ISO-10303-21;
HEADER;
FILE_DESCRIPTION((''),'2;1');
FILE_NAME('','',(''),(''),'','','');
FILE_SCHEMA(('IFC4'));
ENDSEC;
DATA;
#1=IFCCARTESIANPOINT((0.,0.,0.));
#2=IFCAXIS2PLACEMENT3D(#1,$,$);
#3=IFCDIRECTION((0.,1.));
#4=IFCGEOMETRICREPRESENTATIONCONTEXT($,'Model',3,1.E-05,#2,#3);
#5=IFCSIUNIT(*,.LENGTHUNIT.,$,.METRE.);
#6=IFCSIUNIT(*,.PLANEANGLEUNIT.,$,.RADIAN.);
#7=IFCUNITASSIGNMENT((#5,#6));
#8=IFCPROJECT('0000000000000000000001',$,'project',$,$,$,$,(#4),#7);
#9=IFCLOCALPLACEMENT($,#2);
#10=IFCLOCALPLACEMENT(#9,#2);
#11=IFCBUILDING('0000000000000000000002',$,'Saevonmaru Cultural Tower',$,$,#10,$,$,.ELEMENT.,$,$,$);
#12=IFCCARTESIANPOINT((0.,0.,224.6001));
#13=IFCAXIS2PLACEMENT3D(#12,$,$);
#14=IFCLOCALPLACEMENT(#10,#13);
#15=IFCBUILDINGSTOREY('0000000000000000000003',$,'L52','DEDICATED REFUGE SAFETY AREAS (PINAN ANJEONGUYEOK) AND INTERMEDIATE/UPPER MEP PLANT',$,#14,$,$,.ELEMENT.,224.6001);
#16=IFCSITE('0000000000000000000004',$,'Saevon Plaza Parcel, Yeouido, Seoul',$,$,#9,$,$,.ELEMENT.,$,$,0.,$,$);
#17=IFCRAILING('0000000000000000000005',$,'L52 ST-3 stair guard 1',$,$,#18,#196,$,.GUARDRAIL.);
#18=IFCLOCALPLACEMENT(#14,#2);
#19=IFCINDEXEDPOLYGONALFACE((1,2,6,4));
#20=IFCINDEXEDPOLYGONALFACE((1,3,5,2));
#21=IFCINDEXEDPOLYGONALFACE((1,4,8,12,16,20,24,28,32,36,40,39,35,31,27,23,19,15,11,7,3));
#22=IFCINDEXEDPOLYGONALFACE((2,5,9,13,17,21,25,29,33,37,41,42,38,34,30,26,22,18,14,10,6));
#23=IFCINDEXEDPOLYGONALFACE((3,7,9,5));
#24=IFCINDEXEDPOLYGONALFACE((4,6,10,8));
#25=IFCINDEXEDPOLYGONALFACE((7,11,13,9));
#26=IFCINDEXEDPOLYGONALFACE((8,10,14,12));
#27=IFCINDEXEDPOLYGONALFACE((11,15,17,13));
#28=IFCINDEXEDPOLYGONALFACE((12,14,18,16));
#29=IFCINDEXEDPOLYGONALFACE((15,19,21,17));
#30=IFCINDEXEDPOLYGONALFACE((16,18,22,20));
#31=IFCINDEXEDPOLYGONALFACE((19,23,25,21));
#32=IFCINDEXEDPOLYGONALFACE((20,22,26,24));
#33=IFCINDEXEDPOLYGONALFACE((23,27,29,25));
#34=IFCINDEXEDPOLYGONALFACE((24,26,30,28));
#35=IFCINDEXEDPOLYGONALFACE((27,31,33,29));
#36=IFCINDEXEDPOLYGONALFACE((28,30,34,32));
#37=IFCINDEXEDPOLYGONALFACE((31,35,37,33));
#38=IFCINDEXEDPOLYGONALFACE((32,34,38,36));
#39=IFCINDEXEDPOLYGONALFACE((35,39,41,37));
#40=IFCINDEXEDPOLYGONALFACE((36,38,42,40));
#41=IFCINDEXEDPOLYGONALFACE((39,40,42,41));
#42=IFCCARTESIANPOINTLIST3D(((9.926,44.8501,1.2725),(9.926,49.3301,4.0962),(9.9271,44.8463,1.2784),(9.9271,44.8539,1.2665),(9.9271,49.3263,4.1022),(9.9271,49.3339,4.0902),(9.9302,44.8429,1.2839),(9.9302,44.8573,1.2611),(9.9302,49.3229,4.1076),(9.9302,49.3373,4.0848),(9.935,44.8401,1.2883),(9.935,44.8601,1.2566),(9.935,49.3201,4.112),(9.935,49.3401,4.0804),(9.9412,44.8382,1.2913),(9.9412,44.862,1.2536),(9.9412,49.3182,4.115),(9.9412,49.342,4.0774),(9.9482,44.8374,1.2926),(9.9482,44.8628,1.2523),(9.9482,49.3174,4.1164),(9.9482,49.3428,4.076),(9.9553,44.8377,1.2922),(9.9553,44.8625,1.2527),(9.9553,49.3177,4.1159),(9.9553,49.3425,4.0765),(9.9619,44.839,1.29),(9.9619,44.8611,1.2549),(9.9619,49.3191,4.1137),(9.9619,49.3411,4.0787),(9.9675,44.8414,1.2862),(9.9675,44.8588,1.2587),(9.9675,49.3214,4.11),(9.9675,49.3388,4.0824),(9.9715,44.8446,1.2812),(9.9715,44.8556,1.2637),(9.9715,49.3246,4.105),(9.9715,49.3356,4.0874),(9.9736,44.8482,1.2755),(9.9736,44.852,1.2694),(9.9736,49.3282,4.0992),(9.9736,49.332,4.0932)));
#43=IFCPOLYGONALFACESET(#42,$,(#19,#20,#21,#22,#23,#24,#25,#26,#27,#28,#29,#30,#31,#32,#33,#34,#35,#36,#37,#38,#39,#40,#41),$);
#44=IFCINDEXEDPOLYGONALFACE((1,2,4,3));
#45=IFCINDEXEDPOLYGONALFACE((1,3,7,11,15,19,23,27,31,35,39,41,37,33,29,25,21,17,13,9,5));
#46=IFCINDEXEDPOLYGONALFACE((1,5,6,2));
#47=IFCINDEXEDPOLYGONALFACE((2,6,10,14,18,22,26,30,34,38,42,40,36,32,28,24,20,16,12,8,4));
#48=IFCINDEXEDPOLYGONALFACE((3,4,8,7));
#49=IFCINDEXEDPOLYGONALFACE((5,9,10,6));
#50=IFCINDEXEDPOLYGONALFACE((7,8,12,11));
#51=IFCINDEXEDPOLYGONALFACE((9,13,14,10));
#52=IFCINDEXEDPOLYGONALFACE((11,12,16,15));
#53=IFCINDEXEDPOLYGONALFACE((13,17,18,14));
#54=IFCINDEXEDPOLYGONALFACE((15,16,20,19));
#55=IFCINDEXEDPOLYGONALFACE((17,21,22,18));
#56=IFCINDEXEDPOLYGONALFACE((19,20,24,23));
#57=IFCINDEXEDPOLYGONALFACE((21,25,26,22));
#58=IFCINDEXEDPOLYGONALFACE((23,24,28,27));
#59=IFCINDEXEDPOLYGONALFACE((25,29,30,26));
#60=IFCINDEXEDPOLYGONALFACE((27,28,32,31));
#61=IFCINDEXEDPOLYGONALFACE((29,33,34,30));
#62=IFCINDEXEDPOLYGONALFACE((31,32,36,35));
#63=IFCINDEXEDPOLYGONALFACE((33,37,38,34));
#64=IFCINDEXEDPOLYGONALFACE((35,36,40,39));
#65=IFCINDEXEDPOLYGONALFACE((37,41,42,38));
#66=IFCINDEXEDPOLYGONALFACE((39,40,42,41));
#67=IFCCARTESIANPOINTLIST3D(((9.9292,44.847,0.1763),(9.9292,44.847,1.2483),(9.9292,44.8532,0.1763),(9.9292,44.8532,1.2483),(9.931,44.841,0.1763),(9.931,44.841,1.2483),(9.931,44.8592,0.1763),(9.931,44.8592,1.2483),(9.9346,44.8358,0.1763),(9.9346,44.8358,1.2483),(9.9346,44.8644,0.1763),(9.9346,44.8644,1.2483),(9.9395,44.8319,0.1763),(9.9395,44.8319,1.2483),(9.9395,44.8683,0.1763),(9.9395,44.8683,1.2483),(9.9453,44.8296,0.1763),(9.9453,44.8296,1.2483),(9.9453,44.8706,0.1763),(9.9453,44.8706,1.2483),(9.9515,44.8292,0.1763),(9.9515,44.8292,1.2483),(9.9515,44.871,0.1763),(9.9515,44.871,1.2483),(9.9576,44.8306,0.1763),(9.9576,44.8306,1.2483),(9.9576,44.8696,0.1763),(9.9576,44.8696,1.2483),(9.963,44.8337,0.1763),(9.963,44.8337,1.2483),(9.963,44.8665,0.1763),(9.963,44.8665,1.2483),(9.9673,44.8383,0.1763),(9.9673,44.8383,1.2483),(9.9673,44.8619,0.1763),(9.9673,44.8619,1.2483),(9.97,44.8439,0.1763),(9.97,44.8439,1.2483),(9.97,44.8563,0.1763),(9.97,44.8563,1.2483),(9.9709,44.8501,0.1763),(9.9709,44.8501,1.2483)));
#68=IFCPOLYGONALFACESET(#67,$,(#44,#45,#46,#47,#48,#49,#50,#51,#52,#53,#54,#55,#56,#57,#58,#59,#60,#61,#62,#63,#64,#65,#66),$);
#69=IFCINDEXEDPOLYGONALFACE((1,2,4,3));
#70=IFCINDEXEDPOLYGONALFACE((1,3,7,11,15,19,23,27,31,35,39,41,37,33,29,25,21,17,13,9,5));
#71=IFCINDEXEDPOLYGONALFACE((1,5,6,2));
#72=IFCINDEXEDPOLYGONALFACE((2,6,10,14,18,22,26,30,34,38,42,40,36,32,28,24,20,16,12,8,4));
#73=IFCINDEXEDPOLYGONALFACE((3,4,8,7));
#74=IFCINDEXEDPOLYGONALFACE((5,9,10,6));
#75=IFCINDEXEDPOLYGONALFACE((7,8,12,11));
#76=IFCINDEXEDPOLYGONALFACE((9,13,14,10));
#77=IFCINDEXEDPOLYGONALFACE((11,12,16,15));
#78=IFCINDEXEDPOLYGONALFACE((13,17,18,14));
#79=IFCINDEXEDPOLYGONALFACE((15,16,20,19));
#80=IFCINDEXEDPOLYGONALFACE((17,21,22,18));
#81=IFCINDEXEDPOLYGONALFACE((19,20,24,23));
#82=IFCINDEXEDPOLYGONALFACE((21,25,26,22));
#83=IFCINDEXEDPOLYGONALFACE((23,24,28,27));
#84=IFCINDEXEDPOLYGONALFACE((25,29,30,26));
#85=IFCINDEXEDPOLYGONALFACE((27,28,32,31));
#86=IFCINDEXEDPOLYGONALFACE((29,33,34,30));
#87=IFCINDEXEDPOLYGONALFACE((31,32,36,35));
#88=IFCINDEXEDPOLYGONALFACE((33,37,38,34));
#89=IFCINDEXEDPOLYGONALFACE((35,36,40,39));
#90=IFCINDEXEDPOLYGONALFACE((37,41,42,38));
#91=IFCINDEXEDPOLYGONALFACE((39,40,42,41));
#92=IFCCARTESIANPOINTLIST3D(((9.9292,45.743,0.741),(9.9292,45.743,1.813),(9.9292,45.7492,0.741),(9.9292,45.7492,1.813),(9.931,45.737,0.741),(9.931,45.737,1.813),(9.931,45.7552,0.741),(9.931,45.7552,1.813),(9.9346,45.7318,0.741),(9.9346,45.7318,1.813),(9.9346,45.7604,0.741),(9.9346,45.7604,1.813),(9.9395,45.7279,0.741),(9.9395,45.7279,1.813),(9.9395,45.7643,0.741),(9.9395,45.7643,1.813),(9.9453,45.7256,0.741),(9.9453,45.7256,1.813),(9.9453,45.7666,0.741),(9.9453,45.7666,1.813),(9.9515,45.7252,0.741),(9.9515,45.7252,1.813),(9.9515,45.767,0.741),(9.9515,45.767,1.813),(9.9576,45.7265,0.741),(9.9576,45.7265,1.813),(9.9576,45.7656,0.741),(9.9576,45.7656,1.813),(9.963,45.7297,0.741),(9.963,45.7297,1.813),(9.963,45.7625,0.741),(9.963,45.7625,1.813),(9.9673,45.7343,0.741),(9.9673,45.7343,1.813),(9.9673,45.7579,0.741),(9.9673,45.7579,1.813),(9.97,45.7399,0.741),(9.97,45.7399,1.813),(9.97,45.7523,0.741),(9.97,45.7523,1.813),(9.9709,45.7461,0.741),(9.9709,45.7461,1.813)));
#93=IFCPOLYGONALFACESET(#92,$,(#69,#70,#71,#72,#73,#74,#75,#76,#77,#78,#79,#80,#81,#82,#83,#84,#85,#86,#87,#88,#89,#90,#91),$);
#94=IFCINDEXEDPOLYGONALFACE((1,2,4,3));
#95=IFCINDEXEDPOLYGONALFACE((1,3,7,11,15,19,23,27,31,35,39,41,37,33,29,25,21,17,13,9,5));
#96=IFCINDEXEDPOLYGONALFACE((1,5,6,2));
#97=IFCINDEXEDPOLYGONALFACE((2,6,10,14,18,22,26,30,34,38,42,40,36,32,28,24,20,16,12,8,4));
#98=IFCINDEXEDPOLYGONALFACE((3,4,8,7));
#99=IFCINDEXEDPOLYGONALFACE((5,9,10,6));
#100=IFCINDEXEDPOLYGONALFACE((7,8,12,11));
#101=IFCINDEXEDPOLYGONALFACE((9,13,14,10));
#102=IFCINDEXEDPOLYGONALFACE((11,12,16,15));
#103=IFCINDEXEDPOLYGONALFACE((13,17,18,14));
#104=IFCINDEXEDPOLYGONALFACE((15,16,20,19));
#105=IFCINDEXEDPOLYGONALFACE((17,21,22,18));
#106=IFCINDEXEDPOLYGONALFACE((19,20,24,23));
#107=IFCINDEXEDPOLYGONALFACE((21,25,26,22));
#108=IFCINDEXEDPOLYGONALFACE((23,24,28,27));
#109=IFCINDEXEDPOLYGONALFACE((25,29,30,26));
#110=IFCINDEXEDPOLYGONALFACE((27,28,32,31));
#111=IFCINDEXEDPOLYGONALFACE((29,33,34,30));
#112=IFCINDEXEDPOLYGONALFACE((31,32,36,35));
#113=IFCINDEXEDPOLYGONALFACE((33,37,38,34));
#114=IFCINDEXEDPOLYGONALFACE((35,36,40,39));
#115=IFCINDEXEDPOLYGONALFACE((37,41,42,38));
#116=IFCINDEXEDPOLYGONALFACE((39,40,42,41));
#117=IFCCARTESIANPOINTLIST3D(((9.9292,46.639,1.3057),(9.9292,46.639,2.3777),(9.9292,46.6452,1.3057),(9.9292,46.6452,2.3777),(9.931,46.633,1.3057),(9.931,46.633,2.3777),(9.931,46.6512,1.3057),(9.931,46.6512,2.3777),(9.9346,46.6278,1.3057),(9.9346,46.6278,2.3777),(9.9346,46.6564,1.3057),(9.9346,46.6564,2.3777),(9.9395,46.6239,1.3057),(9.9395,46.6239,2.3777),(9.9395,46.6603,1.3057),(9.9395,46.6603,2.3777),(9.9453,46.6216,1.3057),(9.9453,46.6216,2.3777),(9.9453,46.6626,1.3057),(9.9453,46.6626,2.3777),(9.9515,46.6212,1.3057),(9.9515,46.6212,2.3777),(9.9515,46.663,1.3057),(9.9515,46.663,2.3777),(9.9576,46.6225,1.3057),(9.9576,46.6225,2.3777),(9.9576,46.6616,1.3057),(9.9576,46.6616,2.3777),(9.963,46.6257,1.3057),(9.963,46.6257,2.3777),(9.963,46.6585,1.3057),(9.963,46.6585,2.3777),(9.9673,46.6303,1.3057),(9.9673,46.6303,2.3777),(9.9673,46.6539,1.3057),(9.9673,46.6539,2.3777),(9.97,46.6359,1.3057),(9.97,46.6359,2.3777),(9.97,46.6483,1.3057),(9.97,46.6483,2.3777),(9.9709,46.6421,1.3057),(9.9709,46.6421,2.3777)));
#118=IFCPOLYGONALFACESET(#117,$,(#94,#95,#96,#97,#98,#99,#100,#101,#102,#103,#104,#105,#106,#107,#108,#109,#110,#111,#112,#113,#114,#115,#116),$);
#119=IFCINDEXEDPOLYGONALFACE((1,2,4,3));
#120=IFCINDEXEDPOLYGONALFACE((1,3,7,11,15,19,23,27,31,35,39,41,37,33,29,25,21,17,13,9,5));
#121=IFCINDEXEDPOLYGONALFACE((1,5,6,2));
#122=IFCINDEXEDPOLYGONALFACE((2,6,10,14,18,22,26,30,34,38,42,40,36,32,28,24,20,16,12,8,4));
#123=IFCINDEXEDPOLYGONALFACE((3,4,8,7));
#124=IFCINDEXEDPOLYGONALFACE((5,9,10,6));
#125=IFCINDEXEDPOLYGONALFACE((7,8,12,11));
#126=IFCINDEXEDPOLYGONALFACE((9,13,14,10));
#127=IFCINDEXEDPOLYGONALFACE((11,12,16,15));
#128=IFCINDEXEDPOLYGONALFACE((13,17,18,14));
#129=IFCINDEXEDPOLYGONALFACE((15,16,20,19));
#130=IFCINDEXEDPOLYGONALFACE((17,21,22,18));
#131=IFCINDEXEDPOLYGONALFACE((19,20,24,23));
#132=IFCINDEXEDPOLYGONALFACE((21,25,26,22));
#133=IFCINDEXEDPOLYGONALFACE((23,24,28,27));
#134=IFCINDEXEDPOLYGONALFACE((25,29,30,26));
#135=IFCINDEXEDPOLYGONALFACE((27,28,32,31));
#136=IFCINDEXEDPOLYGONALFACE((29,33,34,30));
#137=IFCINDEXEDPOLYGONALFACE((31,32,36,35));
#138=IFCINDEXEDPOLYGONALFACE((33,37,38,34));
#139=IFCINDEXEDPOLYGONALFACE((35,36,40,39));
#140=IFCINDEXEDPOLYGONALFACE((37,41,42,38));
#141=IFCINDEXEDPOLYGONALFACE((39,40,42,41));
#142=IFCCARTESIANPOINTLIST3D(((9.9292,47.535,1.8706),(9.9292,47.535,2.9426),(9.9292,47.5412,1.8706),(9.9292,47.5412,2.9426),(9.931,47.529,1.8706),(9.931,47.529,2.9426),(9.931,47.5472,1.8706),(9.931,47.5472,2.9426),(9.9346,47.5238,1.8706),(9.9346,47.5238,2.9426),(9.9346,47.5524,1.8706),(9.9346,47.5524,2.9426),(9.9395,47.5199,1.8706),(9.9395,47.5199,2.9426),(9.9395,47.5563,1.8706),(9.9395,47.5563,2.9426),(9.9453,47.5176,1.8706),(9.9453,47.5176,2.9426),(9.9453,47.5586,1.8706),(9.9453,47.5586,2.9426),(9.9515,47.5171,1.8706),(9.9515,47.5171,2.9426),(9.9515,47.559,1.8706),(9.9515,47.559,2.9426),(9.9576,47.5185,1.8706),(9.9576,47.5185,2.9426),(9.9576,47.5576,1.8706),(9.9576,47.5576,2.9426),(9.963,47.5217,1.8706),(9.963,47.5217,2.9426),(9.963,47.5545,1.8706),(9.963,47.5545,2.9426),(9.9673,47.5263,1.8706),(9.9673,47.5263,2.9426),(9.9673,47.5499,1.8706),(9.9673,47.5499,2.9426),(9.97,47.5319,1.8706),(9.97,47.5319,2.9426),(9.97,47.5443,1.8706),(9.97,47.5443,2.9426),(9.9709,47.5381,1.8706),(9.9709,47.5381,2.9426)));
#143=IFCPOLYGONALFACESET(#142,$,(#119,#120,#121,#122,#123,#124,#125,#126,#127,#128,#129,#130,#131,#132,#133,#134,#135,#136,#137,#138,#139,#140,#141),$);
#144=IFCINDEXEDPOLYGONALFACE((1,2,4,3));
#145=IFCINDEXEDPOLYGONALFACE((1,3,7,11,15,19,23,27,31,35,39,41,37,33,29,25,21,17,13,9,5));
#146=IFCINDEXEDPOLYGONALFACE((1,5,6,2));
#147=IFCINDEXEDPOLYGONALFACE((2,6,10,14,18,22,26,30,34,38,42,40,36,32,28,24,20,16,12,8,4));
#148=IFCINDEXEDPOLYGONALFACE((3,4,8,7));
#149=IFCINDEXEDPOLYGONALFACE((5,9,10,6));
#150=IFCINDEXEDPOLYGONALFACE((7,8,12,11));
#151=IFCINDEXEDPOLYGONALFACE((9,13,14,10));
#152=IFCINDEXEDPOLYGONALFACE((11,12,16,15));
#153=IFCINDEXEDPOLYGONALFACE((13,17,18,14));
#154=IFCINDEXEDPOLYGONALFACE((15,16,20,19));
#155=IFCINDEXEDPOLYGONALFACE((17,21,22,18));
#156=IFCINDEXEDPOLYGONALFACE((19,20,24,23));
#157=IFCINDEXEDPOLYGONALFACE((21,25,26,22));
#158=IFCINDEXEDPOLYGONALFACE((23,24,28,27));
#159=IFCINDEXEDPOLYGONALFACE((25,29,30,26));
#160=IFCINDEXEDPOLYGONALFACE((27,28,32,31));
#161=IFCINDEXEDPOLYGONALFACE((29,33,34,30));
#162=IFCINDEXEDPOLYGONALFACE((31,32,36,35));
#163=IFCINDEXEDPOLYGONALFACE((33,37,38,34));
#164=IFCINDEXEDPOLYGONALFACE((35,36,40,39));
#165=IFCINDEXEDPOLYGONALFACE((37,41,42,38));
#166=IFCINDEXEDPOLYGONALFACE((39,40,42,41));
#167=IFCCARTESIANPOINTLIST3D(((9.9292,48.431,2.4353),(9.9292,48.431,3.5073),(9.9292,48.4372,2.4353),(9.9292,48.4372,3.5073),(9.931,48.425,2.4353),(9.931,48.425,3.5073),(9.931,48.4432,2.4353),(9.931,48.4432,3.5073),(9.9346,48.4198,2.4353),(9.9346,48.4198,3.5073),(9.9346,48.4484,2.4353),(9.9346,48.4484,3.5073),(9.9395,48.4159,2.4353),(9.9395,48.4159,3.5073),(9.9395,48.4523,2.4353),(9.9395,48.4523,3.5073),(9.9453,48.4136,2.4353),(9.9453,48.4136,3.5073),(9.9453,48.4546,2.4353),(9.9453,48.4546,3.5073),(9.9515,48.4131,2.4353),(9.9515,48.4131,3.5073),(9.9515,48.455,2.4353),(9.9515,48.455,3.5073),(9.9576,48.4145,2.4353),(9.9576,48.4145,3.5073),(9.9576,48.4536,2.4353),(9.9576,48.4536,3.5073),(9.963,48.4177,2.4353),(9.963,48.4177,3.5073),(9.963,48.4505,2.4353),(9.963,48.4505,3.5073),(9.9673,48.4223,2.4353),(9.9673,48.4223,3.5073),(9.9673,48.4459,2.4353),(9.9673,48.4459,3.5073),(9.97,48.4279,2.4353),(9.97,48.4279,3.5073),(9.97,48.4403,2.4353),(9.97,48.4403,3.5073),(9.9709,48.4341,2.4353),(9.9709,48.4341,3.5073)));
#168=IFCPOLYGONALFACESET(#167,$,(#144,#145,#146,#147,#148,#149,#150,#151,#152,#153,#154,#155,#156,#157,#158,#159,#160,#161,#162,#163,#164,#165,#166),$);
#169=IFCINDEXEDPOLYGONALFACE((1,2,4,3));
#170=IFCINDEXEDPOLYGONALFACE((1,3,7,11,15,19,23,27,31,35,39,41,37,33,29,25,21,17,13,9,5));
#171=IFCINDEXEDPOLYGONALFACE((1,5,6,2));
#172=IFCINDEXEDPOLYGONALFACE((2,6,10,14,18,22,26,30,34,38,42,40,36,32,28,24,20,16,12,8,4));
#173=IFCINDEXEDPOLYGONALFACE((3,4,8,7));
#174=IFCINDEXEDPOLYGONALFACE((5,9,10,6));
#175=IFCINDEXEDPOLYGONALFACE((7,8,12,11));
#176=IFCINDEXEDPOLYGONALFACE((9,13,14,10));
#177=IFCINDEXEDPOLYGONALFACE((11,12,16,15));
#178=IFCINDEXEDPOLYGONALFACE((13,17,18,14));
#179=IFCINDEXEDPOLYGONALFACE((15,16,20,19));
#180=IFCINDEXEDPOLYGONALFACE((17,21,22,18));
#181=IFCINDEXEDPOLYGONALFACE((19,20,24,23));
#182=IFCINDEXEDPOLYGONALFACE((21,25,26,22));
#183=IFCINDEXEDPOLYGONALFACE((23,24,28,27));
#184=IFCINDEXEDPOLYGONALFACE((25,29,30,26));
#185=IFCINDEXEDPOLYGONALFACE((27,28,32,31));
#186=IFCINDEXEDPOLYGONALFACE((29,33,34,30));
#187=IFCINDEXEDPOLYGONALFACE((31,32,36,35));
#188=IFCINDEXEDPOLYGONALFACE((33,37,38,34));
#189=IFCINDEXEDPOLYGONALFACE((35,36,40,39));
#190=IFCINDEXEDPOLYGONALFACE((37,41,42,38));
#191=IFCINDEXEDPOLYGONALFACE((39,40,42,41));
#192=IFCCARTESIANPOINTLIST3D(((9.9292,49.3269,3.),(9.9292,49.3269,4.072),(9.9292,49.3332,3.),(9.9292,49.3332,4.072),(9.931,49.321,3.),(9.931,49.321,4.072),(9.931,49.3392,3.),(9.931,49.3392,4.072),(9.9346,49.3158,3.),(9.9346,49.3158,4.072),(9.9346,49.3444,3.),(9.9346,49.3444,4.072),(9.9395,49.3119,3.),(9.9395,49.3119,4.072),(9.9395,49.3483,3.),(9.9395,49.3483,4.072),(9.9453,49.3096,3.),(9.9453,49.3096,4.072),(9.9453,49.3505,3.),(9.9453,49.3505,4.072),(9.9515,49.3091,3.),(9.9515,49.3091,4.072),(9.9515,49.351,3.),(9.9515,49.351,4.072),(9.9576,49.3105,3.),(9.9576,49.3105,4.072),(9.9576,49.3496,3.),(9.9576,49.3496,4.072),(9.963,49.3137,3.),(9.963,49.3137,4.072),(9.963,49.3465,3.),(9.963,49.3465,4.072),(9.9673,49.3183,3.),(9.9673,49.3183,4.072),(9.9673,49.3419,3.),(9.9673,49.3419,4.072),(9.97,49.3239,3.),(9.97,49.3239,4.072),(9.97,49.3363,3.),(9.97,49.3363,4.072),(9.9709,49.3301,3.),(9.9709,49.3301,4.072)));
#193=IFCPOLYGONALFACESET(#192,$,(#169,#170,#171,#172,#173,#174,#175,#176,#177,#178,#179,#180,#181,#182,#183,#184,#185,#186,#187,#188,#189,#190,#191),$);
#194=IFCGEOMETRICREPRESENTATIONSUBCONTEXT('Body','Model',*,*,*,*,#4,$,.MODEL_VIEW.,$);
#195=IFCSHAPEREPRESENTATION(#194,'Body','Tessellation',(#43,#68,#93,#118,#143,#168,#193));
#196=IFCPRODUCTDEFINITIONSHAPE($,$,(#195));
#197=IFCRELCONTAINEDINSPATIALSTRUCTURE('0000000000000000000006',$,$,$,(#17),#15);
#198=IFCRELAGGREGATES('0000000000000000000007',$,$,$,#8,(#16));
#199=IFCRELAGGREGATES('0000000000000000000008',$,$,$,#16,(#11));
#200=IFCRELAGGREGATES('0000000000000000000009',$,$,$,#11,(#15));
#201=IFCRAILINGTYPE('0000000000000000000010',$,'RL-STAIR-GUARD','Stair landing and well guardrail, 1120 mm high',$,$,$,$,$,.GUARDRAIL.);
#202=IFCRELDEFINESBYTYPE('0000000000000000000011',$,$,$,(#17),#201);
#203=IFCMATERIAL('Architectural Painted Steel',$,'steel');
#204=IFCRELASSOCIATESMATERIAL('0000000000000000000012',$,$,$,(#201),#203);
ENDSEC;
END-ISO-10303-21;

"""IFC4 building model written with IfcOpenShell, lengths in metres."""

from ifc_helpers import new_model, si_unit, direction, frame, origin, origin_2d, place, context, subcontext, project, spatial, circle, extrude, material, type_object, element, save


model = new_model("IFC4")

# Units and contexts
model_context = context("Model", 3, precision=1e-05, world=origin(), true_north=direction((0.0, 1.0)))
body_context = subcontext(model_context, "Body", "Model", "MODEL_VIEW")
ifc_project = project(units=[si_unit("LENGTHUNIT", "METRE"), si_unit("PLANEANGLEUNIT", "RADIAN")], contexts=[model_context])

# Site, building, storey
site_placement = place(None, origin())
site = spatial("IfcSite", under=ifc_project, at=site_placement, Name="Saevon Plaza Parcel, Yeouido, Seoul", CompositionType="ELEMENT", RefElevation=0.0)
building_placement = place(site_placement, origin())
building = spatial("IfcBuilding", under=site, at=building_placement, Name="Saevonmaru Cultural Tower", CompositionType="ELEMENT")
storey_placement = place(building_placement, frame((0.0, 0.0, 224.6001)))
storey = spatial("IfcBuildingStorey", under=building, at=storey_placement, Name="L52", Description="DEDICATED REFUGE SAFETY AREAS (PINAN ANJEONGUYEOK) AND INTERMEDIATE/UPPER MEP PLANT", CompositionType="ELEMENT", Elevation=224.6001)

# Railing
ifc_material_1 = material(Name="Architectural Painted Steel", Category="steel")
railing_type_1 = type_object("IfcRailingType", Name="RL-STAIR-GUARD", Description="Stair landing and well guardrail, 1120 mm high", PredefinedType="GUARDRAIL", material=ifc_material_1)
railing_1_placement = place(storey_placement, frame((9.95, 44.8501, 0.1763)))
element("IfcRailing", 1, at=railing_1_placement, inside=storey, type_object=railing_type_1, Name="L52 ST-3 stair guard 1", PredefinedType="GUARDRAIL", context=body_context, shape_type="SweptSolid", body=[
    extrude(circle(Radius=0.0239, at=origin_2d()), frame((0.0, 0.0, 1.0962), z_axis=(0.0, 0.845977, 0.533219), x_axis=(-1.0, 0.0, 0.0)), (0.0, 0.0, 1.0), 5.2957),
    extrude(circle(Radius=0.021, at=origin_2d()), origin(), (0.0, 0.0, 1.0), 1.072),
    extrude(circle(Radius=0.021, at=origin_2d()), frame((0.0, 0.896, 0.5647)), (0.0, 0.0, 1.0), 1.072),
    extrude(circle(Radius=0.021, at=origin_2d()), frame((0.0, 1.792, 1.1294)), (0.0, 0.0, 1.0), 1.072),
    extrude(circle(Radius=0.021, at=origin_2d()), frame((0.0, 2.688, 1.6943)), (0.0, 0.0, 1.0), 1.072),
    extrude(circle(Radius=0.021, at=origin_2d()), frame((0.0, 3.584, 2.259)), (0.0, 0.0, 1.0), 1.072),
    extrude(circle(Radius=0.021, at=origin_2d()), frame((0.0, 4.48, 2.8237)), (0.0, 0.0, 1.0), 1.072),
])

save(model, "model.ifc")
